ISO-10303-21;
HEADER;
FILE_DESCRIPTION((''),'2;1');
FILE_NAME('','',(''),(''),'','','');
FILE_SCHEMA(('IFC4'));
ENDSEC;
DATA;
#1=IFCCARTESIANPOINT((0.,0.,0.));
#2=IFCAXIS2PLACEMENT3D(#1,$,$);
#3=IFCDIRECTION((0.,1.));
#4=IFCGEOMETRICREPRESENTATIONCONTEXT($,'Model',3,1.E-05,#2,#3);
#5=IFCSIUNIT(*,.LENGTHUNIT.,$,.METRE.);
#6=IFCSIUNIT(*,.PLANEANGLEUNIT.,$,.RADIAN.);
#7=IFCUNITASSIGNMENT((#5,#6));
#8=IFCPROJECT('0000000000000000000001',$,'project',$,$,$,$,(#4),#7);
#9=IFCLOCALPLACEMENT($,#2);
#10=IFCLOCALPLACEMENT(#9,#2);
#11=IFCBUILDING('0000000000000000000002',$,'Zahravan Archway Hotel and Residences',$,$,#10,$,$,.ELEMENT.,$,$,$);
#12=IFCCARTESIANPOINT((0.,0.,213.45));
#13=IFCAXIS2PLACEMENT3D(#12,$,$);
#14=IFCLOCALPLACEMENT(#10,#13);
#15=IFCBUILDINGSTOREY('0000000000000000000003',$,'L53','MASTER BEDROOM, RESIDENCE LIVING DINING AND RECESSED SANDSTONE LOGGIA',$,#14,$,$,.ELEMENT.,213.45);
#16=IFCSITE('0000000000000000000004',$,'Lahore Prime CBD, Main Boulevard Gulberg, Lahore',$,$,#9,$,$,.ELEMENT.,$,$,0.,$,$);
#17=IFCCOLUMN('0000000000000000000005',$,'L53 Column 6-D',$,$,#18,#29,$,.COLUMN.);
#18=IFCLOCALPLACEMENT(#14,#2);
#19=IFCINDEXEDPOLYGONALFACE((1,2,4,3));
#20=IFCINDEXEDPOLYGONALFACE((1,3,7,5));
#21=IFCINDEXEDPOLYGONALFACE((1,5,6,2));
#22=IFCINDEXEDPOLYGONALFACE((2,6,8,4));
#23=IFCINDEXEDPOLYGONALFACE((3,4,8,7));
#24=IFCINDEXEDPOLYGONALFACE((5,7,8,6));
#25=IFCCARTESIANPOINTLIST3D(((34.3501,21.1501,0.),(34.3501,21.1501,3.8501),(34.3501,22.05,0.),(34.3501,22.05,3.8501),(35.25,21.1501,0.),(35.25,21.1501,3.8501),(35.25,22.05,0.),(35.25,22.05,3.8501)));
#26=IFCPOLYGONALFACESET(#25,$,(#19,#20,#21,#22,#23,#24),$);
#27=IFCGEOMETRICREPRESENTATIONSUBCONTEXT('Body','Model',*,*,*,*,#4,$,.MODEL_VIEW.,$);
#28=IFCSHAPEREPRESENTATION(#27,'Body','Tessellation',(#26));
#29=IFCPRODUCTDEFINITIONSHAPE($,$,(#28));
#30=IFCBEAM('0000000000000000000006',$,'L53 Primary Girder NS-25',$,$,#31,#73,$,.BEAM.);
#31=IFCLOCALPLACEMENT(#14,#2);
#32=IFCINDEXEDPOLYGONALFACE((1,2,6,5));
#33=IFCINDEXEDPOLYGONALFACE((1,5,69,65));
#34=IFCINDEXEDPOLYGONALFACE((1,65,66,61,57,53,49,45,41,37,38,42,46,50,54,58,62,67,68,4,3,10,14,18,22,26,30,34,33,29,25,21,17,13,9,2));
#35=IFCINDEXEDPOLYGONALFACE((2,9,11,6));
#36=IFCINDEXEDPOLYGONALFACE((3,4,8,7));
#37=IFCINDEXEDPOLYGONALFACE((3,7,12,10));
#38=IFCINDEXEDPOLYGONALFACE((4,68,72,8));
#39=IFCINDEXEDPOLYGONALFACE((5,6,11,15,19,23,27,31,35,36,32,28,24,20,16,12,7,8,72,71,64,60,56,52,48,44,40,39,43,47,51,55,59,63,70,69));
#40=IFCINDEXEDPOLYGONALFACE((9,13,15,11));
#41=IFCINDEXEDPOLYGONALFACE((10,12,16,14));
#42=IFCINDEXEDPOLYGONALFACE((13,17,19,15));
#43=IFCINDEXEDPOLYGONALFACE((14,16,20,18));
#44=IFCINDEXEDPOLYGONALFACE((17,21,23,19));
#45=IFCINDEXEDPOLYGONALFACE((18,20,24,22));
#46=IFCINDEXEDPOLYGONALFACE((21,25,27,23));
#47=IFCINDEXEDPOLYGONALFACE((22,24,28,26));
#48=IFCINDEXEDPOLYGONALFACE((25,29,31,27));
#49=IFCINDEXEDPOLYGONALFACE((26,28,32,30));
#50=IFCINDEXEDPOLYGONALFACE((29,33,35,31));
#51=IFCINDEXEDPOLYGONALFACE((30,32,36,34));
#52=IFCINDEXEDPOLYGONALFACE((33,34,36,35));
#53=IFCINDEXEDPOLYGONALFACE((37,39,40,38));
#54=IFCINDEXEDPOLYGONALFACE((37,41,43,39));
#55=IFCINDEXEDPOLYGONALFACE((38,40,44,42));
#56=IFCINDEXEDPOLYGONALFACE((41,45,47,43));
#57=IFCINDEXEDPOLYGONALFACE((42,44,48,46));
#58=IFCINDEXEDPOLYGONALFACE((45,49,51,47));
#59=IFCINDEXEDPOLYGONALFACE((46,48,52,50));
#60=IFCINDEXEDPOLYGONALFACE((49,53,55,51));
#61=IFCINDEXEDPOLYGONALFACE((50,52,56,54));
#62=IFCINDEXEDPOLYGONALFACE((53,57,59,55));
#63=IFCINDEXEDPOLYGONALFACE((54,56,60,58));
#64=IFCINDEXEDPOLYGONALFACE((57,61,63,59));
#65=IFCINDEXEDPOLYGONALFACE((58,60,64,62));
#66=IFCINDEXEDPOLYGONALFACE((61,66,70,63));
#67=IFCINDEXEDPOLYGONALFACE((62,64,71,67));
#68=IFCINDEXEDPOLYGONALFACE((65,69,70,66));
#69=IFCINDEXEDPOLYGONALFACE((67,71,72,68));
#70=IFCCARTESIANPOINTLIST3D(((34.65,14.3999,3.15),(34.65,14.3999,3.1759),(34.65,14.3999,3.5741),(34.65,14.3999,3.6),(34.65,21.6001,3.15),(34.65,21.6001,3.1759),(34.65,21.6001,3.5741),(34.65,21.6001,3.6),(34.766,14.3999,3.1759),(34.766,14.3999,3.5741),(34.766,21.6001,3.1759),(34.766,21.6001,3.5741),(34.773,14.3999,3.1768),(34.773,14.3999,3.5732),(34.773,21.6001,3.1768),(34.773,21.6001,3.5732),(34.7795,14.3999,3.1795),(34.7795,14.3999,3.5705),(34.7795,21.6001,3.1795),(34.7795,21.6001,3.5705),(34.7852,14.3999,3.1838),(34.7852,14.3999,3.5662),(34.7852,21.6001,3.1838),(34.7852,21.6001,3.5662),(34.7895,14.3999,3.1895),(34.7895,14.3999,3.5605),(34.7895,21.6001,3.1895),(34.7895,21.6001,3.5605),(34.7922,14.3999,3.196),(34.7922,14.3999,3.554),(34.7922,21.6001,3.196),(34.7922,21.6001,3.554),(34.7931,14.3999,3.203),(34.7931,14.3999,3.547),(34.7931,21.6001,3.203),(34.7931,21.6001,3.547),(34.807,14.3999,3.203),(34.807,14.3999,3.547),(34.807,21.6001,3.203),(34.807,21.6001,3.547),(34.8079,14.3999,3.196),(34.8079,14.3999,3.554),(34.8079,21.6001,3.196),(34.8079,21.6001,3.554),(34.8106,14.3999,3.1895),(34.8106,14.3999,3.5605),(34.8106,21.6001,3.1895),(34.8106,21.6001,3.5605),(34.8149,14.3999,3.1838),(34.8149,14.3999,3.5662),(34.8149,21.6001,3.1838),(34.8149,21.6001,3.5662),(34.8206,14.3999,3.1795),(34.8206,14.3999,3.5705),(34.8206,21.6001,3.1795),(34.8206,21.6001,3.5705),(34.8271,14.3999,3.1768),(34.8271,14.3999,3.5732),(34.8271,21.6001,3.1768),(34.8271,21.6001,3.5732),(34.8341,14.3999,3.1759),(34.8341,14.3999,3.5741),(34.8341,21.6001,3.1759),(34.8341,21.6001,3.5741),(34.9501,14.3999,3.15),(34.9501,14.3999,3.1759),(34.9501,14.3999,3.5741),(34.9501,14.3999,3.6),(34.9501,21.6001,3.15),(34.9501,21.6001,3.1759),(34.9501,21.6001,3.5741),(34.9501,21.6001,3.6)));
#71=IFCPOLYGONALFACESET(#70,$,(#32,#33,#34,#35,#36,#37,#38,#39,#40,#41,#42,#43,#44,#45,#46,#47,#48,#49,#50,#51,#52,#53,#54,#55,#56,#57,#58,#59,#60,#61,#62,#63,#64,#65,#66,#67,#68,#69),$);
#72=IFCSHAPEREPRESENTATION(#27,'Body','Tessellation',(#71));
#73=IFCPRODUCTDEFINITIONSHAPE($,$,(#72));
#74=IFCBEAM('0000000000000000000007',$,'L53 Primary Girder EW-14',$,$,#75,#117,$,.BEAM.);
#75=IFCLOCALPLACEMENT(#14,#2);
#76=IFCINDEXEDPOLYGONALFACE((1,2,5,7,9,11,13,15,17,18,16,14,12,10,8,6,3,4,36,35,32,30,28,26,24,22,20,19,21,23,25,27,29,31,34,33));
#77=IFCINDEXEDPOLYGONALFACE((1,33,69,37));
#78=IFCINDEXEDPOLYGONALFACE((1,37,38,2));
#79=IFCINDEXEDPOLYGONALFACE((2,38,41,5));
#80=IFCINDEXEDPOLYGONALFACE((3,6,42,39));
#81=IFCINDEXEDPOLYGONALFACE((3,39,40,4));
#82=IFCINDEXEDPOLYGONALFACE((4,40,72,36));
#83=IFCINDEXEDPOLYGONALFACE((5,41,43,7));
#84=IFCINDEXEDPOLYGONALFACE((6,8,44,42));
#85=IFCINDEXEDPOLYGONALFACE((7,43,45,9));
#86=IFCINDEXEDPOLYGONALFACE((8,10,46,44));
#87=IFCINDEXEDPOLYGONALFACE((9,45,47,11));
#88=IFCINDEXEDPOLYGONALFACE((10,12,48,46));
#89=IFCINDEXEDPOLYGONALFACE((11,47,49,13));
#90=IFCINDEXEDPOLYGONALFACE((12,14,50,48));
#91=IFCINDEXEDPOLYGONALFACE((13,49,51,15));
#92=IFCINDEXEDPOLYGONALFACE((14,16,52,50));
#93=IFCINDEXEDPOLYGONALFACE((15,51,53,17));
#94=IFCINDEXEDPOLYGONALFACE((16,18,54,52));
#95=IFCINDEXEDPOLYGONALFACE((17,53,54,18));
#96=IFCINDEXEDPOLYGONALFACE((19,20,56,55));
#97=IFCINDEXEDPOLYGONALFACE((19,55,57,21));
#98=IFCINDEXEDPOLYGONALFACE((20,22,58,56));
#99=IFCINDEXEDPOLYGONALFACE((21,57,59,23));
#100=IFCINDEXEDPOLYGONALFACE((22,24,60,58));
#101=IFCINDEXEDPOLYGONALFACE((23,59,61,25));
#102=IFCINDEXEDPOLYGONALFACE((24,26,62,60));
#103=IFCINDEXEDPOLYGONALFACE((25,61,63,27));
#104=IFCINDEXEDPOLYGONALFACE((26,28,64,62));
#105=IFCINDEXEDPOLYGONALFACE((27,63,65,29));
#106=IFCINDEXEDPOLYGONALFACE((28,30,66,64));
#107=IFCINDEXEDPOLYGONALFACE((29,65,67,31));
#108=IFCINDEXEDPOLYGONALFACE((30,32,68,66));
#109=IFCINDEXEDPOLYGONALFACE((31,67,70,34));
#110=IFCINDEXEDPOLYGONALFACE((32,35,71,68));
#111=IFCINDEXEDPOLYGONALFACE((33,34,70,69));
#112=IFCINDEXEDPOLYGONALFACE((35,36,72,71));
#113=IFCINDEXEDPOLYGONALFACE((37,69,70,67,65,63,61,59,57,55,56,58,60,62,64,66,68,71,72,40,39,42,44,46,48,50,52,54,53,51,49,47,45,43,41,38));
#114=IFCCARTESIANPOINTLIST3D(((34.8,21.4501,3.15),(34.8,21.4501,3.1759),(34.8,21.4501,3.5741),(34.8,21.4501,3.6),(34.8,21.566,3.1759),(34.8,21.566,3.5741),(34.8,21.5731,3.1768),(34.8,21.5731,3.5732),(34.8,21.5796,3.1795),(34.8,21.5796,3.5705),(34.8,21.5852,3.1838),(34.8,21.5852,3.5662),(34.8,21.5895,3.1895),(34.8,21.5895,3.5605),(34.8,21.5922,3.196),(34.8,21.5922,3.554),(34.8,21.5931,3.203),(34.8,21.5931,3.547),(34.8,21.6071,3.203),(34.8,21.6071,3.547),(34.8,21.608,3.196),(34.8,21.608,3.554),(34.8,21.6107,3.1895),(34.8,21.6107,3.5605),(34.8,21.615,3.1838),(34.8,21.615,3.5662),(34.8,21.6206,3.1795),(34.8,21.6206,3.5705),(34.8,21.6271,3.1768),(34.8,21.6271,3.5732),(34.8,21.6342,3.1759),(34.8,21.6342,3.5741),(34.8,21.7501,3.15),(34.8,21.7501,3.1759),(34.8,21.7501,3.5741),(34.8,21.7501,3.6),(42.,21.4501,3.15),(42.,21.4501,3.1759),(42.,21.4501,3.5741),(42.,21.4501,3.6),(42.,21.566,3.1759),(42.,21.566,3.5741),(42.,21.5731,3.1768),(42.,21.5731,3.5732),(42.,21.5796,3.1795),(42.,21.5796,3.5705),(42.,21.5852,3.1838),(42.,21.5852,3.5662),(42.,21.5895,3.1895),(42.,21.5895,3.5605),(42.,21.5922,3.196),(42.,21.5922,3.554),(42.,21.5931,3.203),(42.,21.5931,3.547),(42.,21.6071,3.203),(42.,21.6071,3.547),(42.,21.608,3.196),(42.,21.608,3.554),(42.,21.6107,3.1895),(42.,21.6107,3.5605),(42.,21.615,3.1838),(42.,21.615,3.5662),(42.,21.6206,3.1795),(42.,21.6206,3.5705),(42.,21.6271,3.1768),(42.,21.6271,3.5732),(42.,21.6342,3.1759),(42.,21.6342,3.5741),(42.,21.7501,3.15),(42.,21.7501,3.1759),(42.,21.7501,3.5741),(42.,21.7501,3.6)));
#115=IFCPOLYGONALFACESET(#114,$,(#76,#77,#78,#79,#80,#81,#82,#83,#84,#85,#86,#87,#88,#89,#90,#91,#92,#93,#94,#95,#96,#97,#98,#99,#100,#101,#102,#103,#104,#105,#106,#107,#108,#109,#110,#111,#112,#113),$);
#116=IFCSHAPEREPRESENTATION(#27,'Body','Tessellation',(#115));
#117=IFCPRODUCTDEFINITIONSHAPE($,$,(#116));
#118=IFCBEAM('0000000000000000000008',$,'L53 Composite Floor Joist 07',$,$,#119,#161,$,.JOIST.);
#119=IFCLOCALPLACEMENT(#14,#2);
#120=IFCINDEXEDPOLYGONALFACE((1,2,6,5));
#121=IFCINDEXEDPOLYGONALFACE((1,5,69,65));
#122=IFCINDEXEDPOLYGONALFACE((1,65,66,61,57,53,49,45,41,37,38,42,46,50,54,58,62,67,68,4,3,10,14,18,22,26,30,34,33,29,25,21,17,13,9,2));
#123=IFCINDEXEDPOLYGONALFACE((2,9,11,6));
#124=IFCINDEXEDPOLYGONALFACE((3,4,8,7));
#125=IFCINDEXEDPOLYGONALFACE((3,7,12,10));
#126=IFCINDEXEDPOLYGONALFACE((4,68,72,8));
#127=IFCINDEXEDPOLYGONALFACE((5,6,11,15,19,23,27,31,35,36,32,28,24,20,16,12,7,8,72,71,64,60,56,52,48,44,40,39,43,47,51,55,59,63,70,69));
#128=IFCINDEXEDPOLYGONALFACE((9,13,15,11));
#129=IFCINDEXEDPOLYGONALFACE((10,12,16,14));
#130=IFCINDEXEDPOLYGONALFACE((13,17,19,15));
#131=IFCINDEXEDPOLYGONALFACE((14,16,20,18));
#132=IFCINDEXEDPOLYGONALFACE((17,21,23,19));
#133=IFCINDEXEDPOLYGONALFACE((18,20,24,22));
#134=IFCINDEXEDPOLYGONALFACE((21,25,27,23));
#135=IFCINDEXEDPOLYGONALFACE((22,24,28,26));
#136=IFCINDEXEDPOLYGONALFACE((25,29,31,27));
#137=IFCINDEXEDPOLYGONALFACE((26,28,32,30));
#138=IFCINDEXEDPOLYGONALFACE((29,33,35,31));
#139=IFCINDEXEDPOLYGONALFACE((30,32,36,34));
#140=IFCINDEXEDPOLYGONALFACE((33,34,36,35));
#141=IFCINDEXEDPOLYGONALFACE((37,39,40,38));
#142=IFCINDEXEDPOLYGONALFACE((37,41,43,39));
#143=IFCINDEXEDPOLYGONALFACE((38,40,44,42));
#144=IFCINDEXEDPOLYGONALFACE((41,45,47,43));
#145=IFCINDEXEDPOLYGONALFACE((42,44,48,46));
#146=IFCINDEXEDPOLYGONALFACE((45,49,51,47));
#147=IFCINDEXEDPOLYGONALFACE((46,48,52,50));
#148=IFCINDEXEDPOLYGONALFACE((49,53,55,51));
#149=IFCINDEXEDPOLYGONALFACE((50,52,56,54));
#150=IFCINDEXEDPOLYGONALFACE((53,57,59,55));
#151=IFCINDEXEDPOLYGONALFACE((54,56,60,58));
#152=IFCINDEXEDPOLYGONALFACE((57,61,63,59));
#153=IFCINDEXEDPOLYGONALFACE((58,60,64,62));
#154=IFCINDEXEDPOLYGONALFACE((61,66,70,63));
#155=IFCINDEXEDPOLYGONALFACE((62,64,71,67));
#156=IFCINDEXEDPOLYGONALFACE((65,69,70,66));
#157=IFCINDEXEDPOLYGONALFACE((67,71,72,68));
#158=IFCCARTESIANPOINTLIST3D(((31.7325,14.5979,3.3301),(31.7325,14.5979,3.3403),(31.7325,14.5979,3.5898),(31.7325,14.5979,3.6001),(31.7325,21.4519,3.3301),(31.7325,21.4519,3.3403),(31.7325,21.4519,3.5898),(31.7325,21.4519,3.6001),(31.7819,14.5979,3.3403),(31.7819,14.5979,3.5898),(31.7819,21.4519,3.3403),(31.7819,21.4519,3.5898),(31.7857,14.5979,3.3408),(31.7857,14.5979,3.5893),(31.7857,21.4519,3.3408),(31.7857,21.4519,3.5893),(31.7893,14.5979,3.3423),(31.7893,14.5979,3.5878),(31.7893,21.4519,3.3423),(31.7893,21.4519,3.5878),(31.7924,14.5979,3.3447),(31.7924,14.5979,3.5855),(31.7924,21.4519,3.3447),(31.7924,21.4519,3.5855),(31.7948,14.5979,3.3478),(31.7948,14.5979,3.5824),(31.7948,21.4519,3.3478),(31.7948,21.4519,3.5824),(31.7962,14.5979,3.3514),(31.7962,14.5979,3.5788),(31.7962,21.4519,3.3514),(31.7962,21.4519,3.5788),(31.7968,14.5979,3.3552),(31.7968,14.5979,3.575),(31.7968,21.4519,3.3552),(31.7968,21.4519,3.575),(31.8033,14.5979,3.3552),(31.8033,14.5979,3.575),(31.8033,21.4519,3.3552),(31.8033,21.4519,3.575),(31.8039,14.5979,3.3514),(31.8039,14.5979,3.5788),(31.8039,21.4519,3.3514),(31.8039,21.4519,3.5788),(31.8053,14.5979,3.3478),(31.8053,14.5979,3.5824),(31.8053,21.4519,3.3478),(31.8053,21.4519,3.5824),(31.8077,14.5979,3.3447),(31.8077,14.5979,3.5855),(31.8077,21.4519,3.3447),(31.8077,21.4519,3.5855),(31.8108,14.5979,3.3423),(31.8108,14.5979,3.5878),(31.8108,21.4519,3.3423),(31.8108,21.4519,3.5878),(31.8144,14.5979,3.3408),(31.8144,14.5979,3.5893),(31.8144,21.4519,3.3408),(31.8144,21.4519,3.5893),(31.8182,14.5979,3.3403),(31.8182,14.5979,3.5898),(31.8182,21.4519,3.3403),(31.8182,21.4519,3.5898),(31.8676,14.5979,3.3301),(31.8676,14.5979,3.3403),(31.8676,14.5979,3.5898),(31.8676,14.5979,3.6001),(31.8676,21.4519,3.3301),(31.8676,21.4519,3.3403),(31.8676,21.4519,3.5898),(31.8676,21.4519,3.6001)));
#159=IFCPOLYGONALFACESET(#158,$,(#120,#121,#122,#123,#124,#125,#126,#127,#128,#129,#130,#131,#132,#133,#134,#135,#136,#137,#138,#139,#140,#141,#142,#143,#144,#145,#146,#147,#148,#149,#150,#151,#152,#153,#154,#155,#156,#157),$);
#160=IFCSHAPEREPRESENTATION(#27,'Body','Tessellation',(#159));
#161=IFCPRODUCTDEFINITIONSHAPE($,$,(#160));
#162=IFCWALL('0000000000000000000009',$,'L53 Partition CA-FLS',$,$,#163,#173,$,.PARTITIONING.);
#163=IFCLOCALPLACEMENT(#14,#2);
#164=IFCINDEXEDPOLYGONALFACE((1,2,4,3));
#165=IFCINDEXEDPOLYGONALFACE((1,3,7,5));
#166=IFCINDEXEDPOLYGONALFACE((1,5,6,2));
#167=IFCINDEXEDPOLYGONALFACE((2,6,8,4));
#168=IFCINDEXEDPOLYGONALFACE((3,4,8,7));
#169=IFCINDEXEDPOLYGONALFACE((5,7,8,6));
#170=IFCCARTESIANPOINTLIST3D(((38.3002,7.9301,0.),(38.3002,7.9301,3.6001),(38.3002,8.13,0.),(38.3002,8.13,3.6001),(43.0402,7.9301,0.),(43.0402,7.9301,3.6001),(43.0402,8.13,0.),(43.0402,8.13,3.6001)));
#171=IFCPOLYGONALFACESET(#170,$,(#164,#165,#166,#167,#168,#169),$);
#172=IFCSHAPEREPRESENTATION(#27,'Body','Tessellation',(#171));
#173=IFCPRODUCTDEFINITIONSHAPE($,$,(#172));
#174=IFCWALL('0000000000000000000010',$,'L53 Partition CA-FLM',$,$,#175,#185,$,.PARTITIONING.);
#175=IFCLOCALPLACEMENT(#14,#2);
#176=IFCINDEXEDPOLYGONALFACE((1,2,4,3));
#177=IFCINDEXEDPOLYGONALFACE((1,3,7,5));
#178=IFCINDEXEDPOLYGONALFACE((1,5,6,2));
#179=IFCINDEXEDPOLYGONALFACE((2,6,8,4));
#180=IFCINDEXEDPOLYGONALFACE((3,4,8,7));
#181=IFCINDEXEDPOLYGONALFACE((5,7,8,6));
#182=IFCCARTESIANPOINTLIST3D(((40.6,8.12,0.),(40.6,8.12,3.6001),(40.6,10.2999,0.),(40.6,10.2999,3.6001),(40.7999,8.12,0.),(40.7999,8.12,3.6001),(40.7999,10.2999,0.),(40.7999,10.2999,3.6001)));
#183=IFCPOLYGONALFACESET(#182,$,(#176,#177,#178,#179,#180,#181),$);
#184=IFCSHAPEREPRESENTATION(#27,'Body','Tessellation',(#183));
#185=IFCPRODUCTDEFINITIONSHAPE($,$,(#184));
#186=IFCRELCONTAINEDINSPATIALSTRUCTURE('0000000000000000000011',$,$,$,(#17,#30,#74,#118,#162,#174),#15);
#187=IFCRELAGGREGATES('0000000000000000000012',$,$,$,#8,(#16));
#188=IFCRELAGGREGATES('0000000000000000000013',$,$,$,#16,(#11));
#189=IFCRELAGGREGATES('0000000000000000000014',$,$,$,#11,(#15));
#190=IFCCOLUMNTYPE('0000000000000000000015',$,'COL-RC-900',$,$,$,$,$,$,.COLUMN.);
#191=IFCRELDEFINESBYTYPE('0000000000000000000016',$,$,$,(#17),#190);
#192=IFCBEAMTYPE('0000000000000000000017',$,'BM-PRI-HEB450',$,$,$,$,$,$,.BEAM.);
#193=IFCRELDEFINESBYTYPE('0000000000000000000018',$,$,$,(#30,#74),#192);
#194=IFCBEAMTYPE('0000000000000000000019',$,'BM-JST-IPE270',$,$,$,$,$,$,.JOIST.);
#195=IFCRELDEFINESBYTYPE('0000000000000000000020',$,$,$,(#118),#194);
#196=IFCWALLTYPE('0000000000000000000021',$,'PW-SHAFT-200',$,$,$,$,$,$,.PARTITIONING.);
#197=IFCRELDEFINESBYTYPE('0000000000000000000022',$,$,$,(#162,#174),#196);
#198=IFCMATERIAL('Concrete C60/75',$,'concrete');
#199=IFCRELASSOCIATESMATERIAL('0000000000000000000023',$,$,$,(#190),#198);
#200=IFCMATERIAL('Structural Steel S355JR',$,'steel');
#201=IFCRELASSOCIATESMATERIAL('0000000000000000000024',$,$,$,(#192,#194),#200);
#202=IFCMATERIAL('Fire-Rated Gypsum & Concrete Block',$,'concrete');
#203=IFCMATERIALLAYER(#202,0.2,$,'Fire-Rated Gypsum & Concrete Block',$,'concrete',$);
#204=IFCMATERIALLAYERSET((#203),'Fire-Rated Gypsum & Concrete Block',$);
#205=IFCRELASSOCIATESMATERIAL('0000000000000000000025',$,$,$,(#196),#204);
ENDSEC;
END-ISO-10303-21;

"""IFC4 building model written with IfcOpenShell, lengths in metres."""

from ifc_helpers import new_model, si_unit, direction, frame, frame_2d, origin, origin_2d, place, context, subcontext, project, spatial, rectangle, i_section, extrude, source, transform, mapped, material, layer, layer_set, material_profile, profile_set, type_object, type_shapes, element, save


model = new_model("IFC4")

# Units and contexts
model_context = context("Model", 3, precision=1e-05, world=origin(), true_north=direction((0.0, 1.0)))
body_context = subcontext(model_context, "Body", "Model", "MODEL_VIEW")
ifc_project = project(units=[si_unit("LENGTHUNIT", "METRE"), si_unit("PLANEANGLEUNIT", "RADIAN")], contexts=[model_context])

# Site, building, storey
site_placement = place(None, origin())
site = spatial("IfcSite", under=ifc_project, at=site_placement, Name="Lahore Prime CBD, Main Boulevard Gulberg, Lahore", CompositionType="ELEMENT", RefElevation=0.0)
building_placement = place(site_placement, origin())
building = spatial("IfcBuilding", under=site, at=building_placement, Name="Zahravan Archway Hotel and Residences", CompositionType="ELEMENT")
storey_placement = place(building_placement, frame((0.0, 0.0, 213.45)))
storey = spatial("IfcBuildingStorey", under=building, at=storey_placement, Name="L53", Description="MASTER BEDROOM, RESIDENCE LIVING DINING AND RECESSED SANDSTONE LOGGIA", CompositionType="ELEMENT", Elevation=213.45)

# Column
ifc_material_1 = material(Name="Concrete C60/75", Category="concrete")
ifc_material_profile_1 = material_profile(ifc_material_1, rectangle(XDim=0.8999, YDim=0.8999, at=origin_2d()), Name="RC-COL-900x900", Category="concrete")
ifc_profile_set_1 = profile_set([ifc_material_profile_1], Name="Concrete C60/75")
column_type = type_object("IfcColumnType", Name="COL-RC-900", PredefinedType="COLUMN", material=ifc_profile_set_1)
shared_shape_1 = source(origin(), body_context, "Body", "SweptSolid", [
    extrude(rectangle(XDim=0.8999, YDim=0.8999, at=origin_2d()), origin(), (0.0, 0.0, 1.0), 3.8501),
])
type_shapes(column_type, [shared_shape_1])
column_placement = place(storey_placement, frame((34.8, 21.6001, 0.0), z_axis=(0.0, 0.0, 1.0), x_axis=(1.0, 0.0, 0.0)))
element("IfcColumn", 1, at=column_placement, inside=storey, type_object=column_type, Name="L53 Column 6-D", PredefinedType="COLUMN", context=body_context, shape_type="MappedRepresentation", body=[
    mapped(shared_shape_1, transform((0.0, 0.0, 0.0), scale=1.0)),
])

# Beams
ifc_material_2 = material(Name="Structural Steel S355JR", Category="steel")
ifc_material_profile_2 = material_profile(ifc_material_2, i_section(OverallWidth=0.3, OverallDepth=0.45, WebThickness=0.0139, FlangeThickness=0.0259, FilletRadius=0.0271, at=origin_2d()), Name="HEB 450", Category="steel")
ifc_profile_set_2 = profile_set([ifc_material_profile_2], Name="Structural Steel S355JR")
beam_type_1 = type_object("IfcBeamType", Name="BM-PRI-HEB450", PredefinedType="BEAM", material=ifc_profile_set_2)
shared_shape_2 = source(origin(), body_context, "Body", "SweptSolid", [
    extrude(i_section(OverallWidth=0.3, OverallDepth=0.45, WebThickness=0.0139, FlangeThickness=0.0259, FilletRadius=0.0271, at=origin_2d()), origin(), (0.0, 0.0, 1.0), 7.2002),
])
type_shapes(beam_type_1, [shared_shape_2])
beam_1_placement = place(storey_placement, frame((34.8, 14.3999, 3.375), z_axis=(0.0, 1.0, 0.0), x_axis=(-1.0, 0.0, 0.0)))
element("IfcBeam", 2, at=beam_1_placement, inside=storey, type_object=beam_type_1, Name="L53 Primary Girder NS-25", PredefinedType="BEAM", context=body_context, shape_type="MappedRepresentation", body=[
    mapped(shared_shape_2, transform((0.0, 0.0, 0.0), scale=1.0)),
])
shared_shape_3 = source(origin(), body_context, "Body", "SweptSolid", [
    extrude(i_section(OverallWidth=0.3, OverallDepth=0.45, WebThickness=0.0139, FlangeThickness=0.0259, FilletRadius=0.0271, at=origin_2d()), origin(), (0.0, 0.0, 1.0), 7.2),
])
beam_2_placement = place(storey_placement, frame((34.8, 21.6001, 3.375), z_axis=(1.0, 0.0, 0.0), x_axis=(0.0, 1.0, 0.0)))
element("IfcBeam", 3, at=beam_2_placement, inside=storey, type_object=beam_type_1, Name="L53 Primary Girder EW-14", PredefinedType="BEAM", context=body_context, shape_type="MappedRepresentation", body=[
    mapped(shared_shape_3, transform((0.0, 0.0, 0.0), scale=1.0)),
])
ifc_material_profile_3 = material_profile(ifc_material_2, i_section(OverallWidth=0.135, OverallDepth=0.27, WebThickness=0.0066, FlangeThickness=0.0103, FilletRadius=0.0149, at=origin_2d()), Name="IPE 270", Category="steel")
ifc_profile_set_3 = profile_set([ifc_material_profile_3], Name="Structural Steel S355JR")
beam_type_2 = type_object("IfcBeamType", Name="BM-JST-IPE270", PredefinedType="JOIST", material=ifc_profile_set_3)
shared_shape_4 = source(origin(), body_context, "Body", "SweptSolid", [
    extrude(i_section(OverallWidth=0.135, OverallDepth=0.27, WebThickness=0.0066, FlangeThickness=0.0103, FilletRadius=0.0149, at=origin_2d()), origin(), (0.0, 0.0, 1.0), 6.854),
])
beam_3_placement = place(storey_placement, frame((31.8, 14.5979, 3.4651), z_axis=(0.0, 1.0, 0.0), x_axis=(-1.0, 0.0, 0.0)))
element("IfcBeam", 4, at=beam_3_placement, inside=storey, type_object=beam_type_2, Name="L53 Composite Floor Joist 07", PredefinedType="JOIST", context=body_context, shape_type="MappedRepresentation", body=[
    mapped(shared_shape_4, transform((0.0, 0.0, 0.0), scale=1.0)),
])

# Shared definitions
ifc_material_3 = material(Name="Fire-Rated Gypsum & Concrete Block", Category="concrete")

# Walls
ifc_layer_1 = layer(ifc_material_3, 0.2, Name="Fire-Rated Gypsum & Concrete Block", Category="concrete")
ifc_layer_set_1 = layer_set([ifc_layer_1], Name="Fire-Rated Gypsum & Concrete Block")
wall_type_1 = type_object("IfcWallType", Name="PW-SHAFT-200", PredefinedType="PARTITIONING", material=ifc_layer_set_1)
wall_1_placement = place(storey_placement, frame((38.3, 8.03, 0.0), z_axis=(0.0, 0.0, 1.0), x_axis=(1.0, 0.0, 0.0)))
element("IfcWall", 5, at=wall_1_placement, inside=storey, type_object=wall_type_1, Name="L53 Partition CA-FLS", PredefinedType="PARTITIONING", context=body_context, shape_type="SweptSolid", body=[
    extrude(rectangle(XDim=4.74, YDim=0.2, at=frame_2d((2.3701, 0.0))), origin(), (0.0, 0.0, 1.0), 3.6001),
])
wall_2_placement = place(storey_placement, frame((40.7, 8.1201, 0.0), z_axis=(0.0, 0.0, 1.0), x_axis=(0.0, 1.0, 0.0)))
element("IfcWall", 6, at=wall_2_placement, inside=storey, type_object=wall_type_1, Name="L53 Partition CA-FLM", PredefinedType="PARTITIONING", context=body_context, shape_type="SweptSolid", body=[
    extrude(rectangle(XDim=2.1799, YDim=0.2, at=frame_2d((1.0898, 0.0))), origin(), (0.0, 0.0, 1.0), 3.6001),
])

save(model, "model.ifc")
